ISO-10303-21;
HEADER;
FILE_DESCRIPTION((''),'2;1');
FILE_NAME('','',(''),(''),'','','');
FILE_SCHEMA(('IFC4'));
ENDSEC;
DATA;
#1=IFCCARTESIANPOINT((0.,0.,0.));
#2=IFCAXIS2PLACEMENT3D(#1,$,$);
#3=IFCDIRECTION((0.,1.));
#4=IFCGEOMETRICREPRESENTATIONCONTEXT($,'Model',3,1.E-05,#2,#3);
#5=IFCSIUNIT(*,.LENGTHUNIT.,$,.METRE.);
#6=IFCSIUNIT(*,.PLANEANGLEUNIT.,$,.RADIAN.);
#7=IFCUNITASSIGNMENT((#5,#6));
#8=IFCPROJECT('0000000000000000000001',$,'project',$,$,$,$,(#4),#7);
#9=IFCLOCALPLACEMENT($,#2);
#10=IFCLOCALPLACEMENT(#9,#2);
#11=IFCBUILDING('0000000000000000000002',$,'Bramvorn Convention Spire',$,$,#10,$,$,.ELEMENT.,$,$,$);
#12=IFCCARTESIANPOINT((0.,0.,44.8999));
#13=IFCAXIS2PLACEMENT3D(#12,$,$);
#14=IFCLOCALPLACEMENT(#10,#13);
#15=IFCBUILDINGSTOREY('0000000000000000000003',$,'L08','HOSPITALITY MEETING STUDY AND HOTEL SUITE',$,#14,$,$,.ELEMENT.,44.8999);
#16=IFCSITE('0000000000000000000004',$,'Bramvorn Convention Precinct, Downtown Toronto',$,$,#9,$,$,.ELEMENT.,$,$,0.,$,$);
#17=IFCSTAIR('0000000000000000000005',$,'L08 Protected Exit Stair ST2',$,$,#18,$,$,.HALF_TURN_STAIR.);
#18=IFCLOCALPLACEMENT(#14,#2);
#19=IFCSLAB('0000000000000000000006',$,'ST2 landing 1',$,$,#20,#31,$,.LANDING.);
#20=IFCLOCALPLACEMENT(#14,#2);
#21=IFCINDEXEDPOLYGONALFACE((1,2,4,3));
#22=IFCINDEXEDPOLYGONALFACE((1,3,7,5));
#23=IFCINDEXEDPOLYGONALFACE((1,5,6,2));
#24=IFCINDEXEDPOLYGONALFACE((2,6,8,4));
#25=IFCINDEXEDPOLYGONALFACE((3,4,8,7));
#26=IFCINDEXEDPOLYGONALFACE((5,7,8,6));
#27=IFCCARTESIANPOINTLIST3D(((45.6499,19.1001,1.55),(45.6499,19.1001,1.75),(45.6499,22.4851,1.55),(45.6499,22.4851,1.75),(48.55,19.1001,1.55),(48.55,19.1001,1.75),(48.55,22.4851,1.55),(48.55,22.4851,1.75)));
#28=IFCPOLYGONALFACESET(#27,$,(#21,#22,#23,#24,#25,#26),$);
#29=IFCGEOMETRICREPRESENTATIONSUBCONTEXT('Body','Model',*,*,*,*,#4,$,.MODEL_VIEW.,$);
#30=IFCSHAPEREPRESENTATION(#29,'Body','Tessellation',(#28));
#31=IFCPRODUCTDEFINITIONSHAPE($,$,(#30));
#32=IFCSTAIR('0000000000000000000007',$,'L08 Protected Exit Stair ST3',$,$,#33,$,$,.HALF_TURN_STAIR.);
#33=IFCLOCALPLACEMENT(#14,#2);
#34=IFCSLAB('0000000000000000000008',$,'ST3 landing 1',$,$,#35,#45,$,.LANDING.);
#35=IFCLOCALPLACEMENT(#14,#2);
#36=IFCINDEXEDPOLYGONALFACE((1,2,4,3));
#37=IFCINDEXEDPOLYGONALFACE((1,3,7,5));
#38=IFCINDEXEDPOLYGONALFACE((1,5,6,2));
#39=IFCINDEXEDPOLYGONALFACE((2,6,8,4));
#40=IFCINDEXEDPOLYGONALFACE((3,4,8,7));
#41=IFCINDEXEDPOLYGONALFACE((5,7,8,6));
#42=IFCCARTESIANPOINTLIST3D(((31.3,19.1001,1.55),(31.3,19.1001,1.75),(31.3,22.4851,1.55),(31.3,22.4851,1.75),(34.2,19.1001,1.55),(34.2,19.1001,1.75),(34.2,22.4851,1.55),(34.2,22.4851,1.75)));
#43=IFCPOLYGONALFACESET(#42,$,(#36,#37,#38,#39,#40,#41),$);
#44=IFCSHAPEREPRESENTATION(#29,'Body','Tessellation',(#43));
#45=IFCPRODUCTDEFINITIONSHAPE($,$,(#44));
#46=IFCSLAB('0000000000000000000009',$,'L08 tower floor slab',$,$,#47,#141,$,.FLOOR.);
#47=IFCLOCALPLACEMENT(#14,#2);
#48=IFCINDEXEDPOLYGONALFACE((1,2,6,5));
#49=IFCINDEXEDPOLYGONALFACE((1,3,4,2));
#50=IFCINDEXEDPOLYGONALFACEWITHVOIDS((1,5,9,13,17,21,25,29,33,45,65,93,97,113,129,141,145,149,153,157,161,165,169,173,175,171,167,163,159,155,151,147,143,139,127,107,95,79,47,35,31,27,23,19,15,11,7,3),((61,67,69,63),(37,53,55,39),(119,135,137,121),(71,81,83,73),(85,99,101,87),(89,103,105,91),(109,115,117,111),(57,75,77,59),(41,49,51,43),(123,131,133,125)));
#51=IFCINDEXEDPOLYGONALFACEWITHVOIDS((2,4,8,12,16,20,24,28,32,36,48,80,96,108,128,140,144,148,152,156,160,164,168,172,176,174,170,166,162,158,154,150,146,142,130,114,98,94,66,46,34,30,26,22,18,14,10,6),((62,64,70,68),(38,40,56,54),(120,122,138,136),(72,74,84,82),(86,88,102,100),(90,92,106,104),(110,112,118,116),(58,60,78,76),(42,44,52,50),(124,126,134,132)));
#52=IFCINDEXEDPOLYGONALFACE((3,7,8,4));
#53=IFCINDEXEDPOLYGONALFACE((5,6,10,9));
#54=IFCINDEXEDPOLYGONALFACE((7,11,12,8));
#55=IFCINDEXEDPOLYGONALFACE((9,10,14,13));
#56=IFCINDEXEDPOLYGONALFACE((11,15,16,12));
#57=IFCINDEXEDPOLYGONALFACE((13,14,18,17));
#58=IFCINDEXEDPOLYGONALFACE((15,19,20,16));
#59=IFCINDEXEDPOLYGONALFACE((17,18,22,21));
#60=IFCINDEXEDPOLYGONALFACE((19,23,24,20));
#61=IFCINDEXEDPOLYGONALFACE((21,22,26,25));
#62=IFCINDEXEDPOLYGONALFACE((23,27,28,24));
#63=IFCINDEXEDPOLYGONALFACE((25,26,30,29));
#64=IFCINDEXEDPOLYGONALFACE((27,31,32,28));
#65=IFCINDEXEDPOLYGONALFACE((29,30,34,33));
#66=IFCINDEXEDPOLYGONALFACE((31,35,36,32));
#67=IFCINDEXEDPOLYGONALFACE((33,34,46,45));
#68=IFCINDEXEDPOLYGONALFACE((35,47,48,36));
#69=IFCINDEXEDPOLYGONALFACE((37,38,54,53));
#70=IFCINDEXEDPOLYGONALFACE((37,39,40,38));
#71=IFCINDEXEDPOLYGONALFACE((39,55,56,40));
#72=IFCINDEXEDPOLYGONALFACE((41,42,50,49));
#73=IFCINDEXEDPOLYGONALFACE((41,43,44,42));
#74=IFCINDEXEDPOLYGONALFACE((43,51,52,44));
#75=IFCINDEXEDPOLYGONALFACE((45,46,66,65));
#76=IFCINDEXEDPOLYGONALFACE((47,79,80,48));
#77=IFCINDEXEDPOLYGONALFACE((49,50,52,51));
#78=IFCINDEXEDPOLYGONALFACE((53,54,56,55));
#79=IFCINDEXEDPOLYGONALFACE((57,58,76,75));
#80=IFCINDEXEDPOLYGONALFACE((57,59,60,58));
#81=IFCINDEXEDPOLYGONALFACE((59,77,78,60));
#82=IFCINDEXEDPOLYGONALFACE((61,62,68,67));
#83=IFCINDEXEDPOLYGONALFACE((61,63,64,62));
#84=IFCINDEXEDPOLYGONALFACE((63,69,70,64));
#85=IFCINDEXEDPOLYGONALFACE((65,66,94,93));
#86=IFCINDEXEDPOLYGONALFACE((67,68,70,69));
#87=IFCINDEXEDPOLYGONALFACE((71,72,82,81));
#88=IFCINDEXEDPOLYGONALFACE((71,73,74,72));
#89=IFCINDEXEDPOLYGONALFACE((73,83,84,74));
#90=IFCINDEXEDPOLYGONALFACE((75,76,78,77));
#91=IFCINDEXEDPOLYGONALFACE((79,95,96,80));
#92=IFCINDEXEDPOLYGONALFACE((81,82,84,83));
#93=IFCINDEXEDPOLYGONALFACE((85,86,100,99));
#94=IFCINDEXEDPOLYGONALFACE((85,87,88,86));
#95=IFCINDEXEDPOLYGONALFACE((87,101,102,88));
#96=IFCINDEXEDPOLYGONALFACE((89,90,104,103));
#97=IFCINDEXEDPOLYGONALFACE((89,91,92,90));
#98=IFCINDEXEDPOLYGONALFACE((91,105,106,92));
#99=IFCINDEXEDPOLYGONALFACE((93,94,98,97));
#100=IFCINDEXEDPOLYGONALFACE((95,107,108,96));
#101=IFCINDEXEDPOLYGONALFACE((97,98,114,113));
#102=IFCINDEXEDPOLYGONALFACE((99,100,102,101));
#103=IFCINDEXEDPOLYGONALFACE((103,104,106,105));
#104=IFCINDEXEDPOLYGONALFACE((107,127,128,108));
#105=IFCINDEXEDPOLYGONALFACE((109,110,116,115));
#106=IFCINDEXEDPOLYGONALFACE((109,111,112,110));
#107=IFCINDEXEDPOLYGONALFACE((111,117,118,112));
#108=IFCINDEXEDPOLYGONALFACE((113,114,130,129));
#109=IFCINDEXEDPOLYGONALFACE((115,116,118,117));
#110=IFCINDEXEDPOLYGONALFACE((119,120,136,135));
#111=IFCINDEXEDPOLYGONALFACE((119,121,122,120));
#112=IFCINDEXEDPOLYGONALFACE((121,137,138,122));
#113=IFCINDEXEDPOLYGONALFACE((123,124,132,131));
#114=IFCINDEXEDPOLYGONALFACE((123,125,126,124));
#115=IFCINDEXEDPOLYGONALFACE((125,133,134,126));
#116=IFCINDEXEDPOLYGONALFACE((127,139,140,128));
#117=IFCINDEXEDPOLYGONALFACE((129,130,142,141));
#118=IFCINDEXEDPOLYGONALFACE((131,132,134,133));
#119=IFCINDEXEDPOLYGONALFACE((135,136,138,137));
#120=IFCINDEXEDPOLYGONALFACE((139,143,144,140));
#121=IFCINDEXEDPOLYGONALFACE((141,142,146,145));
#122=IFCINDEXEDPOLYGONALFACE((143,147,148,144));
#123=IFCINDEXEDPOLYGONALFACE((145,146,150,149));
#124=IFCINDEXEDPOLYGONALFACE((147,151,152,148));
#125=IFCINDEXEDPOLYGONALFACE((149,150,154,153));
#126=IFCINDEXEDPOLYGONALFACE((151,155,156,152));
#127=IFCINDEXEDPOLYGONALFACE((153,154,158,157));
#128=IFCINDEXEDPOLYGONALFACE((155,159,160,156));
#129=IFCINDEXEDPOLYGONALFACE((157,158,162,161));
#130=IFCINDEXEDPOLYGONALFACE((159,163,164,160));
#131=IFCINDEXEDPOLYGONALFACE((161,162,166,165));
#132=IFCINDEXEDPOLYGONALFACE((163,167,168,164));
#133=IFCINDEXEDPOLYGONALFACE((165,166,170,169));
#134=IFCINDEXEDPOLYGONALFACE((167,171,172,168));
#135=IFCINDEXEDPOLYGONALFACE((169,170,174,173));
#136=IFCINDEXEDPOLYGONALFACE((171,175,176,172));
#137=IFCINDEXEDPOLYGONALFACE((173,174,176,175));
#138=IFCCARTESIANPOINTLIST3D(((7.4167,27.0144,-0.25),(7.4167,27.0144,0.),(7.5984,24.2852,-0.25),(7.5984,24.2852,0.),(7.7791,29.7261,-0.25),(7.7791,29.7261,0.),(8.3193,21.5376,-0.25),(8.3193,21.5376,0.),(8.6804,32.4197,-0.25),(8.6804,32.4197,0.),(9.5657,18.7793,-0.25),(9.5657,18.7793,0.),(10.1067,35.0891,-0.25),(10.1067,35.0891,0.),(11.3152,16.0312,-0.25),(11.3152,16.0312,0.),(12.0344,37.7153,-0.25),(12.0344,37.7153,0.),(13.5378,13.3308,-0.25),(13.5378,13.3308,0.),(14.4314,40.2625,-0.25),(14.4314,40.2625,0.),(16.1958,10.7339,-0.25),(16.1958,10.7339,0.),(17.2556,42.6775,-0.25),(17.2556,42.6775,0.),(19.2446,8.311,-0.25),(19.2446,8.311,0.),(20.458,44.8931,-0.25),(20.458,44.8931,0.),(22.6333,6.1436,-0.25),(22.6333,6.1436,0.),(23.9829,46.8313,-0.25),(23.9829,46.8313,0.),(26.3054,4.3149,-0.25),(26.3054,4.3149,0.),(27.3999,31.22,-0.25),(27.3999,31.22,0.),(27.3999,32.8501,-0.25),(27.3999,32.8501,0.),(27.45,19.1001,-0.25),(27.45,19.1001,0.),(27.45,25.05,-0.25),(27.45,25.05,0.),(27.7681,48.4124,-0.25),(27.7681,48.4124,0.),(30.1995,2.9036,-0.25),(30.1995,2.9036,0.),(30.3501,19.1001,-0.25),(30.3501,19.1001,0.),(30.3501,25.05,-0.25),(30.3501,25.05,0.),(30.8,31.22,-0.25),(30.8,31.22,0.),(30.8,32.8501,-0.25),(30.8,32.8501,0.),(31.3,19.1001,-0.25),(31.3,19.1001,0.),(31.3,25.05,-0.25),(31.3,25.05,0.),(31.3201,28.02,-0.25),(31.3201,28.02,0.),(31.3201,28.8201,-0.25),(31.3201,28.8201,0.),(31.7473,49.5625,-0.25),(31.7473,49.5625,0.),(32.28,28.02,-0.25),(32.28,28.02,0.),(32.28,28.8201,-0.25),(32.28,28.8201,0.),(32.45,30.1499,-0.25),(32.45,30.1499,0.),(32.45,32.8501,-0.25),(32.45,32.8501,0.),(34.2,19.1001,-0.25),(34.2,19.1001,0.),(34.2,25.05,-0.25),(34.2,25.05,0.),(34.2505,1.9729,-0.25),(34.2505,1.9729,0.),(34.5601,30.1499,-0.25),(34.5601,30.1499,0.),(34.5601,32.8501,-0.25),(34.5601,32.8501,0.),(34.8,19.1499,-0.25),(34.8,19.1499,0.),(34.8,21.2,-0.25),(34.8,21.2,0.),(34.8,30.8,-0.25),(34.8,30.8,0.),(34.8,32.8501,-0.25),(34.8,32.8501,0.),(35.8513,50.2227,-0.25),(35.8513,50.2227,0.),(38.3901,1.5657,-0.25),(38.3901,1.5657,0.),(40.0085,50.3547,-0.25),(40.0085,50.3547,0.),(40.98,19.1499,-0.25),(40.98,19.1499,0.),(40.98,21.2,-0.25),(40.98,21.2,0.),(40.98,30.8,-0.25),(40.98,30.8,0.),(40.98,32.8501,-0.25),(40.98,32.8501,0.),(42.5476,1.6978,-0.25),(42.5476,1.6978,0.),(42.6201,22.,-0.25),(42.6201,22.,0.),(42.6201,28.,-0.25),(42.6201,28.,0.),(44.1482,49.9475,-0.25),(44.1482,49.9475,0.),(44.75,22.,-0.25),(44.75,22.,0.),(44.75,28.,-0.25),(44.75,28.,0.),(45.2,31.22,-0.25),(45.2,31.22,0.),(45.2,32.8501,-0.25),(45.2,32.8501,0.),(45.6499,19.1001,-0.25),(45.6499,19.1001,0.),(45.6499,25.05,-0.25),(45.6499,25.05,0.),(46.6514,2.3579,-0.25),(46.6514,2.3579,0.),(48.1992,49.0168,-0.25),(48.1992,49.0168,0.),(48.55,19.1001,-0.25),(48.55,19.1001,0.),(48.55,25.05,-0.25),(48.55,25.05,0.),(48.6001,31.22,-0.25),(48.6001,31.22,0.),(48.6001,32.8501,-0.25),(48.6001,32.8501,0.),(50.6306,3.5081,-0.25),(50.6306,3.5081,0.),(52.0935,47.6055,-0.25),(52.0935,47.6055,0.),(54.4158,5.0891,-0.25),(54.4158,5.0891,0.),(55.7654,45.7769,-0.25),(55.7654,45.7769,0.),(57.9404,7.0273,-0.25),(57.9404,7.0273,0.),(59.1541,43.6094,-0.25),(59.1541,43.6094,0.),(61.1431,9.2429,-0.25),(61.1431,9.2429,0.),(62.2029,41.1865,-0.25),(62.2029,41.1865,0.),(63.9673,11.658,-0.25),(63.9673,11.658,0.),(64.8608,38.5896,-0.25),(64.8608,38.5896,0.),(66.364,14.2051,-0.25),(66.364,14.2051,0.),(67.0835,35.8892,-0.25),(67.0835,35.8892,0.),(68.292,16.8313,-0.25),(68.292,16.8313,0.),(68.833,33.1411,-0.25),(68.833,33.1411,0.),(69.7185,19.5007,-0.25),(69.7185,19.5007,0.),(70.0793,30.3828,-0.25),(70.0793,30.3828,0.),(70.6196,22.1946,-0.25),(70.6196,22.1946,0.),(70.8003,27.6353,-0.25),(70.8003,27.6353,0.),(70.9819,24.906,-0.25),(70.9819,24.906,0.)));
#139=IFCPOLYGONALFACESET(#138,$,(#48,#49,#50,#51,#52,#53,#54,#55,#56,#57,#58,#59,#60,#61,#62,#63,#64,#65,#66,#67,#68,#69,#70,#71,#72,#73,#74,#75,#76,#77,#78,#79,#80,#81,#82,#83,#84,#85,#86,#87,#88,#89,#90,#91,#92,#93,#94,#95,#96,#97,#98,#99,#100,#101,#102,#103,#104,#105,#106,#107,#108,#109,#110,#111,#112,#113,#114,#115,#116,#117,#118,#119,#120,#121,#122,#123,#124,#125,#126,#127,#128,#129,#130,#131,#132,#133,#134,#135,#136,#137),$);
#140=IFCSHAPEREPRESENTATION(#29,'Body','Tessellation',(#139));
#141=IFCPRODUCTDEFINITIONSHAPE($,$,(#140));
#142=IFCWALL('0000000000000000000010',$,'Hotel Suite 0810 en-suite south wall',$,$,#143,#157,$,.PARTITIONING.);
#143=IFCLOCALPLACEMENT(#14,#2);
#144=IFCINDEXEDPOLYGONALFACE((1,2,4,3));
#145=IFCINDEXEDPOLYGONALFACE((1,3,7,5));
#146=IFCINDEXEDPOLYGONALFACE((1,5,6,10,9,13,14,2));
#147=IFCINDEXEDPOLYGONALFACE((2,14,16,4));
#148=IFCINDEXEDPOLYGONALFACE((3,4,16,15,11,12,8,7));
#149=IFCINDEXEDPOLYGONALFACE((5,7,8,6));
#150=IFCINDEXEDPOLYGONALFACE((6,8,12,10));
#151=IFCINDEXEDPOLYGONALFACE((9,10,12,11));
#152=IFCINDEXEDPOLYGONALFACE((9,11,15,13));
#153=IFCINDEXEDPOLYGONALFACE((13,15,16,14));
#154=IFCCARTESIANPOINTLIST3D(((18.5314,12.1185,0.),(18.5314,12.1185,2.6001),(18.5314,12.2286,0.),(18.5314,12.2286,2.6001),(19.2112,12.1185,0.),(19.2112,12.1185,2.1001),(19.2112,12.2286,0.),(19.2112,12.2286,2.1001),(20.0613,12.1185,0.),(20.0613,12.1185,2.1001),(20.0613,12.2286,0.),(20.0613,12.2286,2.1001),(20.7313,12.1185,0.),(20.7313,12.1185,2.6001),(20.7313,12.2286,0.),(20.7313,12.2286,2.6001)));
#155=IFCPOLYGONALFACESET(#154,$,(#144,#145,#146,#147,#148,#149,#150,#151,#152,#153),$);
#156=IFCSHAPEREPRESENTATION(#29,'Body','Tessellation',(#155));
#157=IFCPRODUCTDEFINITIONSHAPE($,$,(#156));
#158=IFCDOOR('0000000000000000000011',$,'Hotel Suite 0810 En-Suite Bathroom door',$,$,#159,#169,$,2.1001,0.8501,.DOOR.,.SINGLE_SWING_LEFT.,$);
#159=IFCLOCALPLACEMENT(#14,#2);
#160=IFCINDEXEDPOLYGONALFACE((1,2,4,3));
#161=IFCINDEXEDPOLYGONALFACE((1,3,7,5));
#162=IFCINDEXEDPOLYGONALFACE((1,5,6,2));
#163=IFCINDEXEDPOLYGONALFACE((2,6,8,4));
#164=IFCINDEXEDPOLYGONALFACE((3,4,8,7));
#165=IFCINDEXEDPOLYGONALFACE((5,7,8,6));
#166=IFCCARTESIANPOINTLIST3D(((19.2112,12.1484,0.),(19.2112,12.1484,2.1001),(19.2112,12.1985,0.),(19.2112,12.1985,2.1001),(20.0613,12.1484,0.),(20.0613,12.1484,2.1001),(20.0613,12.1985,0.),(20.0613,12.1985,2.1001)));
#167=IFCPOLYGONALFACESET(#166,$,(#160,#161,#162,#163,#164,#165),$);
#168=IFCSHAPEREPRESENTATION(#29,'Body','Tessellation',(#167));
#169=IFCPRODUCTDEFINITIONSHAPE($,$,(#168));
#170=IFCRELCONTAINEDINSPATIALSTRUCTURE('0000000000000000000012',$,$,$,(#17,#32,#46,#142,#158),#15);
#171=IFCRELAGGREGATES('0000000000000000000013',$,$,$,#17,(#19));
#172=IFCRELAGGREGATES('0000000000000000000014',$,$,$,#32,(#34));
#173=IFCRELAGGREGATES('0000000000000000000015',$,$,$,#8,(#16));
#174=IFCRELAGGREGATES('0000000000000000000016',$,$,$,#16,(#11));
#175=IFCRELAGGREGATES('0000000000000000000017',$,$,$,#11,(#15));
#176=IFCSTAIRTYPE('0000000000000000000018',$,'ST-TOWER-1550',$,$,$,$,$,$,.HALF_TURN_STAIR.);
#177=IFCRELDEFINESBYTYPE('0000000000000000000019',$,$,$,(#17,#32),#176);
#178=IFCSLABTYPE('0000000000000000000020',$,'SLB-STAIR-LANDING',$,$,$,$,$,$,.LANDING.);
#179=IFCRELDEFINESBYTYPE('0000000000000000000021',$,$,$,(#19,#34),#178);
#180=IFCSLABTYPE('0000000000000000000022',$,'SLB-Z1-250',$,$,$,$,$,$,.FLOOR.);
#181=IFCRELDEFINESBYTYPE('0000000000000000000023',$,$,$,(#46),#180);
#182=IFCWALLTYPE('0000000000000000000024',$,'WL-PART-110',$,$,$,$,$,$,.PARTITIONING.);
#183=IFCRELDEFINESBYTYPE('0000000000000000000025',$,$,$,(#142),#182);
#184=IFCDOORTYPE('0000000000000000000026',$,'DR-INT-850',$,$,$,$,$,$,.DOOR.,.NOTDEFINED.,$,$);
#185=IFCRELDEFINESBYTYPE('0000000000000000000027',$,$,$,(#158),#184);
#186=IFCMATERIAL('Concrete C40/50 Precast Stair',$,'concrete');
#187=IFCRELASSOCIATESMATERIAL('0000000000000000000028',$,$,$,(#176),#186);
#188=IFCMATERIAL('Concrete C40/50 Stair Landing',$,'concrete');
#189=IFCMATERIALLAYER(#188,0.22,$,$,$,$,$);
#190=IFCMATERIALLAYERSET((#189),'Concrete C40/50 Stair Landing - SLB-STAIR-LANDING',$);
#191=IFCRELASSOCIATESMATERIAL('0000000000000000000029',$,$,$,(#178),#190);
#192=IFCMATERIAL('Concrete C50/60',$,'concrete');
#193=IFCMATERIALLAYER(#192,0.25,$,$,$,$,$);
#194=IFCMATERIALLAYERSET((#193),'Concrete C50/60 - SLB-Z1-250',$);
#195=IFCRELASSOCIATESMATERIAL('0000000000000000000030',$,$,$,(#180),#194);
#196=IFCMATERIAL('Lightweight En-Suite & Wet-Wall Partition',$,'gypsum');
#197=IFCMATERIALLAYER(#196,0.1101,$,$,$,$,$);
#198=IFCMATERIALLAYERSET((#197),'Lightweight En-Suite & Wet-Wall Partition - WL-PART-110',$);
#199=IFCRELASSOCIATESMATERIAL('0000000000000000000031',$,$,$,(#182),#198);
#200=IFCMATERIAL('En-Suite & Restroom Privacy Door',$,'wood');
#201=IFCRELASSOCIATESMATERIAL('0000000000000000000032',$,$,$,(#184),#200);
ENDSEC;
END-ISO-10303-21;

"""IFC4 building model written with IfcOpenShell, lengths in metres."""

from ifc_helpers import new_model, si_unit, direction, frame, frame_2d, origin, place, context, subcontext, project, spatial, polyline, rectangle, outline, extrude, material, layer, layer_set, type_object, element, fill, aggregate, save


model = new_model("IFC4")

# Units and contexts
model_context = context("Model", 3, precision=1e-05, world=origin(), true_north=direction((0.0, 1.0)))
body_context = subcontext(model_context, "Body", "Model", "MODEL_VIEW")
ifc_project = project(units=[si_unit("LENGTHUNIT", "METRE"), si_unit("PLANEANGLEUNIT", "RADIAN")], contexts=[model_context])

# Site, building, storey
site_placement = place(None, origin())
site = spatial("IfcSite", under=ifc_project, at=site_placement, Name="Bramvorn Convention Precinct, Downtown Toronto", CompositionType="ELEMENT", RefElevation=0.0)
building_placement = place(site_placement, origin())
building = spatial("IfcBuilding", under=site, at=building_placement, Name="Bramvorn Convention Spire", CompositionType="ELEMENT")
storey_placement = place(building_placement, frame((0.0, 0.0, 44.8999)))
storey = spatial("IfcBuildingStorey", under=building, at=storey_placement, Name="L08", Description="HOSPITALITY MEETING STUDY AND HOTEL SUITE", CompositionType="ELEMENT", Elevation=44.8999)

# Stairs, slabs
ifc_material_1 = material(Name="Concrete C40/50 Precast Stair", Category="concrete")
stair_type = type_object("IfcStairType", Name="ST-TOWER-1550", PredefinedType="HALF_TURN_STAIR", material=ifc_material_1)
ifc_material_2 = material(Name="Concrete C40/50 Stair Landing", Category="concrete")
ifc_layer_1 = layer(ifc_material_2, 0.22)
ifc_layer_set_1 = layer_set([ifc_layer_1], Name="Concrete C40/50 Stair Landing - SLB-STAIR-LANDING")
slab_type_1 = type_object("IfcSlabType", Name="SLB-STAIR-LANDING", PredefinedType="LANDING", material=ifc_layer_set_1)
stair_1_placement = place(storey_placement, origin())
stair_1 = element("IfcStair", 1, at=stair_1_placement, inside=storey, type_object=stair_type, Name="L08 Protected Exit Stair ST2", PredefinedType="HALF_TURN_STAIR")
slab_1_placement = place(storey_placement, frame((0.0, 0.0, 1.55)))
slab_1 = element("IfcSlab", 2, at=slab_1_placement, type_object=slab_type_1, Name="ST2 landing 1", PredefinedType="LANDING", context=body_context, shape_type="SweptSolid", body=[
    extrude(outline(polyline([(45.6499, 22.4851), (45.6499, 19.1001), (48.55, 19.1001), (48.55, 22.4851), (45.6499, 22.4851)])), origin(), (0.0, 0.0, 1.0), 0.2),
])
aggregate(stair_1, [slab_1])
stair_2_placement = place(storey_placement, origin())
stair_2 = element("IfcStair", 3, at=stair_2_placement, inside=storey, type_object=stair_type, Name="L08 Protected Exit Stair ST3", PredefinedType="HALF_TURN_STAIR")
slab_2_placement = place(storey_placement, frame((0.0, 0.0, 1.55)))
slab_2 = element("IfcSlab", 4, at=slab_2_placement, type_object=slab_type_1, Name="ST3 landing 1", PredefinedType="LANDING", context=body_context, shape_type="SweptSolid", body=[
    extrude(outline(polyline([(31.3, 22.4851), (31.3, 19.1001), (34.2, 19.1001), (34.2, 22.4851), (31.3, 22.4851)])), origin(), (0.0, 0.0, 1.0), 0.2),
])
aggregate(stair_2, [slab_2])

# Slab
ifc_material_3 = material(Name="Concrete C50/60", Category="concrete")
ifc_layer_2 = layer(ifc_material_3, 0.25)
ifc_layer_set_2 = layer_set([ifc_layer_2], Name="Concrete C50/60 - SLB-Z1-250")
slab_type_2 = type_object("IfcSlabType", Name="SLB-Z1-250", PredefinedType="FLOOR", material=ifc_layer_set_2)
slab_3_placement = place(storey_placement, frame((0.0, 0.0, -0.25)))
element("IfcSlab", 5, at=slab_3_placement, inside=storey, type_object=slab_type_2, Name="L08 tower floor slab", PredefinedType="FLOOR", context=body_context, shape_type="SweptSolid", body=[
    extrude(outline(polyline([(70.9819, 24.906), (70.8003, 27.6353), (70.0793, 30.3828), (68.833, 33.1411), (67.0835, 35.8892), (64.8608, 38.5896), (62.2029, 41.1865), (59.1541, 43.6094), (55.7654, 45.7769), (52.0935, 47.6055), (48.1992, 49.0168), (44.1482, 49.9475), (40.0085, 50.3547), (35.8513, 50.2227), (31.7473, 49.5625), (27.7681, 48.4124), (23.9829, 46.8313), (20.458, 44.8931), (17.2556, 42.6775), (14.4314, 40.2625), (12.0344, 37.7153), (10.1067, 35.0891), (8.6804, 32.4197), (7.7791, 29.7261), (7.4167, 27.0144), (7.5984, 24.2852), (8.3193, 21.5376), (9.5657, 18.7793), (11.3152, 16.0312), (13.5378, 13.3308), (16.1958, 10.7339), (19.2446, 8.311), (22.6333, 6.1436), (26.3054, 4.3149), (30.1995, 2.9036), (34.2505, 1.9729), (38.3901, 1.5657), (42.5476, 1.6978), (46.6514, 2.3579), (50.6306, 3.5081), (54.4158, 5.0891), (57.9404, 7.0273), (61.1431, 9.2429), (63.9673, 11.658), (66.364, 14.2051), (68.292, 16.8313), (69.7185, 19.5007), (70.6196, 22.1946), (70.9819, 24.906)]), holes=[polyline([(27.45, 25.05), (27.45, 19.1001), (30.3501, 19.1001), (30.3501, 25.05), (27.45, 25.05)]), polyline([(45.6499, 25.05), (45.6499, 19.1001), (48.55, 19.1001), (48.55, 25.05), (45.6499, 25.05)]), polyline([(31.3, 25.05), (31.3, 19.1001), (34.2, 19.1001), (34.2, 25.05), (31.3, 25.05)]), polyline([(27.3999, 31.22), (30.8, 31.22), (30.8, 32.8501), (27.3999, 32.8501), (27.3999, 31.22)]), polyline([(45.2, 31.22), (48.6001, 31.22), (48.6001, 32.8501), (45.2, 32.8501), (45.2, 31.22)]), polyline([(32.45, 30.1499), (34.5601, 30.1499), (34.5601, 32.8501), (32.45, 32.8501), (32.45, 30.1499)]), polyline([(34.8, 30.8), (40.98, 30.8), (40.98, 32.8501), (34.8, 32.8501), (34.8, 30.8)]), polyline([(34.8, 19.1499), (40.98, 19.1499), (40.98, 21.2), (34.8, 21.2), (34.8, 19.1499)]), polyline([(42.6201, 22.0), (44.75, 22.0), (44.75, 28.0), (42.6201, 28.0), (42.6201, 22.0)]), polyline([(31.3201, 28.02), (32.28, 28.02), (32.28, 28.8201), (31.3201, 28.8201), (31.3201, 28.02)])]), origin(), (0.0, 0.0, 1.0), 0.25),
])

# Wall, opening, door
ifc_material_4 = material(Name="Lightweight En-Suite & Wet-Wall Partition", Category="gypsum")
ifc_layer_3 = layer(ifc_material_4, 0.1101)
ifc_layer_set_3 = layer_set([ifc_layer_3], Name="Lightweight En-Suite & Wet-Wall Partition - WL-PART-110")
wall_type = type_object("IfcWallType", Name="WL-PART-110", PredefinedType="PARTITIONING", material=ifc_layer_set_3)
wall_placement = place(storey_placement, frame((18.5312, 12.1736, 0.0), z_axis=(0.0, 0.0, 1.0), x_axis=(1.0, 0.0, 0.0)))
wall = element("IfcWall", 6, at=wall_placement, inside=storey, type_object=wall_type, Name="Hotel Suite 0810 en-suite south wall", PredefinedType="PARTITIONING", context=body_context, shape_type="SweptSolid", body=[
    extrude(rectangle(XDim=2.2, YDim=0.1101, at=frame_2d((1.1001, 0.0))), origin(), (0.0, 0.0, 1.0), 2.6001),
])
opening_placement = place(wall_placement, frame((0.6799, 0.0, 0.0)))
opening = element("IfcOpeningElement", 7, at=opening_placement, cuts=wall, PredefinedType="OPENING", context=body_context, shape_type="SweptSolid", body=[
    extrude(rectangle(XDim=0.8501, YDim=2.1001, at=frame_2d((0.425, 1.05))), frame((0.0, 0.0649, 0.0), z_axis=(0.0, -1.0, 0.0), x_axis=(1.0, 0.0, 0.0)), (0.0, 0.0, 1.0), 0.1301),
])
ifc_material_5 = material(Name="En-Suite & Restroom Privacy Door", Category="wood")
door_type = type_object("IfcDoorType", Name="DR-INT-850", OperationType="NOTDEFINED", PredefinedType="DOOR", material=ifc_material_5)
door_placement = place(opening_placement, origin())
door = element("IfcDoor", 8, at=door_placement, inside=storey, type_object=door_type, Name="Hotel Suite 0810 En-Suite Bathroom door", OperationType="SINGLE_SWING_LEFT", OverallHeight=2.1001, OverallWidth=0.8501, PredefinedType="DOOR", context=body_context, shape_type="SweptSolid", body=[
    extrude(rectangle(XDim=0.8501, YDim=2.1001, at=frame_2d((0.425, 1.05))), frame((0.0, 0.0249, 0.0), z_axis=(0.0, -1.0, 0.0), x_axis=(1.0, 0.0, 0.0)), (0.0, 0.0, 1.0), 0.05),
])
fill(opening, door)

save(model, "model.ifc")
